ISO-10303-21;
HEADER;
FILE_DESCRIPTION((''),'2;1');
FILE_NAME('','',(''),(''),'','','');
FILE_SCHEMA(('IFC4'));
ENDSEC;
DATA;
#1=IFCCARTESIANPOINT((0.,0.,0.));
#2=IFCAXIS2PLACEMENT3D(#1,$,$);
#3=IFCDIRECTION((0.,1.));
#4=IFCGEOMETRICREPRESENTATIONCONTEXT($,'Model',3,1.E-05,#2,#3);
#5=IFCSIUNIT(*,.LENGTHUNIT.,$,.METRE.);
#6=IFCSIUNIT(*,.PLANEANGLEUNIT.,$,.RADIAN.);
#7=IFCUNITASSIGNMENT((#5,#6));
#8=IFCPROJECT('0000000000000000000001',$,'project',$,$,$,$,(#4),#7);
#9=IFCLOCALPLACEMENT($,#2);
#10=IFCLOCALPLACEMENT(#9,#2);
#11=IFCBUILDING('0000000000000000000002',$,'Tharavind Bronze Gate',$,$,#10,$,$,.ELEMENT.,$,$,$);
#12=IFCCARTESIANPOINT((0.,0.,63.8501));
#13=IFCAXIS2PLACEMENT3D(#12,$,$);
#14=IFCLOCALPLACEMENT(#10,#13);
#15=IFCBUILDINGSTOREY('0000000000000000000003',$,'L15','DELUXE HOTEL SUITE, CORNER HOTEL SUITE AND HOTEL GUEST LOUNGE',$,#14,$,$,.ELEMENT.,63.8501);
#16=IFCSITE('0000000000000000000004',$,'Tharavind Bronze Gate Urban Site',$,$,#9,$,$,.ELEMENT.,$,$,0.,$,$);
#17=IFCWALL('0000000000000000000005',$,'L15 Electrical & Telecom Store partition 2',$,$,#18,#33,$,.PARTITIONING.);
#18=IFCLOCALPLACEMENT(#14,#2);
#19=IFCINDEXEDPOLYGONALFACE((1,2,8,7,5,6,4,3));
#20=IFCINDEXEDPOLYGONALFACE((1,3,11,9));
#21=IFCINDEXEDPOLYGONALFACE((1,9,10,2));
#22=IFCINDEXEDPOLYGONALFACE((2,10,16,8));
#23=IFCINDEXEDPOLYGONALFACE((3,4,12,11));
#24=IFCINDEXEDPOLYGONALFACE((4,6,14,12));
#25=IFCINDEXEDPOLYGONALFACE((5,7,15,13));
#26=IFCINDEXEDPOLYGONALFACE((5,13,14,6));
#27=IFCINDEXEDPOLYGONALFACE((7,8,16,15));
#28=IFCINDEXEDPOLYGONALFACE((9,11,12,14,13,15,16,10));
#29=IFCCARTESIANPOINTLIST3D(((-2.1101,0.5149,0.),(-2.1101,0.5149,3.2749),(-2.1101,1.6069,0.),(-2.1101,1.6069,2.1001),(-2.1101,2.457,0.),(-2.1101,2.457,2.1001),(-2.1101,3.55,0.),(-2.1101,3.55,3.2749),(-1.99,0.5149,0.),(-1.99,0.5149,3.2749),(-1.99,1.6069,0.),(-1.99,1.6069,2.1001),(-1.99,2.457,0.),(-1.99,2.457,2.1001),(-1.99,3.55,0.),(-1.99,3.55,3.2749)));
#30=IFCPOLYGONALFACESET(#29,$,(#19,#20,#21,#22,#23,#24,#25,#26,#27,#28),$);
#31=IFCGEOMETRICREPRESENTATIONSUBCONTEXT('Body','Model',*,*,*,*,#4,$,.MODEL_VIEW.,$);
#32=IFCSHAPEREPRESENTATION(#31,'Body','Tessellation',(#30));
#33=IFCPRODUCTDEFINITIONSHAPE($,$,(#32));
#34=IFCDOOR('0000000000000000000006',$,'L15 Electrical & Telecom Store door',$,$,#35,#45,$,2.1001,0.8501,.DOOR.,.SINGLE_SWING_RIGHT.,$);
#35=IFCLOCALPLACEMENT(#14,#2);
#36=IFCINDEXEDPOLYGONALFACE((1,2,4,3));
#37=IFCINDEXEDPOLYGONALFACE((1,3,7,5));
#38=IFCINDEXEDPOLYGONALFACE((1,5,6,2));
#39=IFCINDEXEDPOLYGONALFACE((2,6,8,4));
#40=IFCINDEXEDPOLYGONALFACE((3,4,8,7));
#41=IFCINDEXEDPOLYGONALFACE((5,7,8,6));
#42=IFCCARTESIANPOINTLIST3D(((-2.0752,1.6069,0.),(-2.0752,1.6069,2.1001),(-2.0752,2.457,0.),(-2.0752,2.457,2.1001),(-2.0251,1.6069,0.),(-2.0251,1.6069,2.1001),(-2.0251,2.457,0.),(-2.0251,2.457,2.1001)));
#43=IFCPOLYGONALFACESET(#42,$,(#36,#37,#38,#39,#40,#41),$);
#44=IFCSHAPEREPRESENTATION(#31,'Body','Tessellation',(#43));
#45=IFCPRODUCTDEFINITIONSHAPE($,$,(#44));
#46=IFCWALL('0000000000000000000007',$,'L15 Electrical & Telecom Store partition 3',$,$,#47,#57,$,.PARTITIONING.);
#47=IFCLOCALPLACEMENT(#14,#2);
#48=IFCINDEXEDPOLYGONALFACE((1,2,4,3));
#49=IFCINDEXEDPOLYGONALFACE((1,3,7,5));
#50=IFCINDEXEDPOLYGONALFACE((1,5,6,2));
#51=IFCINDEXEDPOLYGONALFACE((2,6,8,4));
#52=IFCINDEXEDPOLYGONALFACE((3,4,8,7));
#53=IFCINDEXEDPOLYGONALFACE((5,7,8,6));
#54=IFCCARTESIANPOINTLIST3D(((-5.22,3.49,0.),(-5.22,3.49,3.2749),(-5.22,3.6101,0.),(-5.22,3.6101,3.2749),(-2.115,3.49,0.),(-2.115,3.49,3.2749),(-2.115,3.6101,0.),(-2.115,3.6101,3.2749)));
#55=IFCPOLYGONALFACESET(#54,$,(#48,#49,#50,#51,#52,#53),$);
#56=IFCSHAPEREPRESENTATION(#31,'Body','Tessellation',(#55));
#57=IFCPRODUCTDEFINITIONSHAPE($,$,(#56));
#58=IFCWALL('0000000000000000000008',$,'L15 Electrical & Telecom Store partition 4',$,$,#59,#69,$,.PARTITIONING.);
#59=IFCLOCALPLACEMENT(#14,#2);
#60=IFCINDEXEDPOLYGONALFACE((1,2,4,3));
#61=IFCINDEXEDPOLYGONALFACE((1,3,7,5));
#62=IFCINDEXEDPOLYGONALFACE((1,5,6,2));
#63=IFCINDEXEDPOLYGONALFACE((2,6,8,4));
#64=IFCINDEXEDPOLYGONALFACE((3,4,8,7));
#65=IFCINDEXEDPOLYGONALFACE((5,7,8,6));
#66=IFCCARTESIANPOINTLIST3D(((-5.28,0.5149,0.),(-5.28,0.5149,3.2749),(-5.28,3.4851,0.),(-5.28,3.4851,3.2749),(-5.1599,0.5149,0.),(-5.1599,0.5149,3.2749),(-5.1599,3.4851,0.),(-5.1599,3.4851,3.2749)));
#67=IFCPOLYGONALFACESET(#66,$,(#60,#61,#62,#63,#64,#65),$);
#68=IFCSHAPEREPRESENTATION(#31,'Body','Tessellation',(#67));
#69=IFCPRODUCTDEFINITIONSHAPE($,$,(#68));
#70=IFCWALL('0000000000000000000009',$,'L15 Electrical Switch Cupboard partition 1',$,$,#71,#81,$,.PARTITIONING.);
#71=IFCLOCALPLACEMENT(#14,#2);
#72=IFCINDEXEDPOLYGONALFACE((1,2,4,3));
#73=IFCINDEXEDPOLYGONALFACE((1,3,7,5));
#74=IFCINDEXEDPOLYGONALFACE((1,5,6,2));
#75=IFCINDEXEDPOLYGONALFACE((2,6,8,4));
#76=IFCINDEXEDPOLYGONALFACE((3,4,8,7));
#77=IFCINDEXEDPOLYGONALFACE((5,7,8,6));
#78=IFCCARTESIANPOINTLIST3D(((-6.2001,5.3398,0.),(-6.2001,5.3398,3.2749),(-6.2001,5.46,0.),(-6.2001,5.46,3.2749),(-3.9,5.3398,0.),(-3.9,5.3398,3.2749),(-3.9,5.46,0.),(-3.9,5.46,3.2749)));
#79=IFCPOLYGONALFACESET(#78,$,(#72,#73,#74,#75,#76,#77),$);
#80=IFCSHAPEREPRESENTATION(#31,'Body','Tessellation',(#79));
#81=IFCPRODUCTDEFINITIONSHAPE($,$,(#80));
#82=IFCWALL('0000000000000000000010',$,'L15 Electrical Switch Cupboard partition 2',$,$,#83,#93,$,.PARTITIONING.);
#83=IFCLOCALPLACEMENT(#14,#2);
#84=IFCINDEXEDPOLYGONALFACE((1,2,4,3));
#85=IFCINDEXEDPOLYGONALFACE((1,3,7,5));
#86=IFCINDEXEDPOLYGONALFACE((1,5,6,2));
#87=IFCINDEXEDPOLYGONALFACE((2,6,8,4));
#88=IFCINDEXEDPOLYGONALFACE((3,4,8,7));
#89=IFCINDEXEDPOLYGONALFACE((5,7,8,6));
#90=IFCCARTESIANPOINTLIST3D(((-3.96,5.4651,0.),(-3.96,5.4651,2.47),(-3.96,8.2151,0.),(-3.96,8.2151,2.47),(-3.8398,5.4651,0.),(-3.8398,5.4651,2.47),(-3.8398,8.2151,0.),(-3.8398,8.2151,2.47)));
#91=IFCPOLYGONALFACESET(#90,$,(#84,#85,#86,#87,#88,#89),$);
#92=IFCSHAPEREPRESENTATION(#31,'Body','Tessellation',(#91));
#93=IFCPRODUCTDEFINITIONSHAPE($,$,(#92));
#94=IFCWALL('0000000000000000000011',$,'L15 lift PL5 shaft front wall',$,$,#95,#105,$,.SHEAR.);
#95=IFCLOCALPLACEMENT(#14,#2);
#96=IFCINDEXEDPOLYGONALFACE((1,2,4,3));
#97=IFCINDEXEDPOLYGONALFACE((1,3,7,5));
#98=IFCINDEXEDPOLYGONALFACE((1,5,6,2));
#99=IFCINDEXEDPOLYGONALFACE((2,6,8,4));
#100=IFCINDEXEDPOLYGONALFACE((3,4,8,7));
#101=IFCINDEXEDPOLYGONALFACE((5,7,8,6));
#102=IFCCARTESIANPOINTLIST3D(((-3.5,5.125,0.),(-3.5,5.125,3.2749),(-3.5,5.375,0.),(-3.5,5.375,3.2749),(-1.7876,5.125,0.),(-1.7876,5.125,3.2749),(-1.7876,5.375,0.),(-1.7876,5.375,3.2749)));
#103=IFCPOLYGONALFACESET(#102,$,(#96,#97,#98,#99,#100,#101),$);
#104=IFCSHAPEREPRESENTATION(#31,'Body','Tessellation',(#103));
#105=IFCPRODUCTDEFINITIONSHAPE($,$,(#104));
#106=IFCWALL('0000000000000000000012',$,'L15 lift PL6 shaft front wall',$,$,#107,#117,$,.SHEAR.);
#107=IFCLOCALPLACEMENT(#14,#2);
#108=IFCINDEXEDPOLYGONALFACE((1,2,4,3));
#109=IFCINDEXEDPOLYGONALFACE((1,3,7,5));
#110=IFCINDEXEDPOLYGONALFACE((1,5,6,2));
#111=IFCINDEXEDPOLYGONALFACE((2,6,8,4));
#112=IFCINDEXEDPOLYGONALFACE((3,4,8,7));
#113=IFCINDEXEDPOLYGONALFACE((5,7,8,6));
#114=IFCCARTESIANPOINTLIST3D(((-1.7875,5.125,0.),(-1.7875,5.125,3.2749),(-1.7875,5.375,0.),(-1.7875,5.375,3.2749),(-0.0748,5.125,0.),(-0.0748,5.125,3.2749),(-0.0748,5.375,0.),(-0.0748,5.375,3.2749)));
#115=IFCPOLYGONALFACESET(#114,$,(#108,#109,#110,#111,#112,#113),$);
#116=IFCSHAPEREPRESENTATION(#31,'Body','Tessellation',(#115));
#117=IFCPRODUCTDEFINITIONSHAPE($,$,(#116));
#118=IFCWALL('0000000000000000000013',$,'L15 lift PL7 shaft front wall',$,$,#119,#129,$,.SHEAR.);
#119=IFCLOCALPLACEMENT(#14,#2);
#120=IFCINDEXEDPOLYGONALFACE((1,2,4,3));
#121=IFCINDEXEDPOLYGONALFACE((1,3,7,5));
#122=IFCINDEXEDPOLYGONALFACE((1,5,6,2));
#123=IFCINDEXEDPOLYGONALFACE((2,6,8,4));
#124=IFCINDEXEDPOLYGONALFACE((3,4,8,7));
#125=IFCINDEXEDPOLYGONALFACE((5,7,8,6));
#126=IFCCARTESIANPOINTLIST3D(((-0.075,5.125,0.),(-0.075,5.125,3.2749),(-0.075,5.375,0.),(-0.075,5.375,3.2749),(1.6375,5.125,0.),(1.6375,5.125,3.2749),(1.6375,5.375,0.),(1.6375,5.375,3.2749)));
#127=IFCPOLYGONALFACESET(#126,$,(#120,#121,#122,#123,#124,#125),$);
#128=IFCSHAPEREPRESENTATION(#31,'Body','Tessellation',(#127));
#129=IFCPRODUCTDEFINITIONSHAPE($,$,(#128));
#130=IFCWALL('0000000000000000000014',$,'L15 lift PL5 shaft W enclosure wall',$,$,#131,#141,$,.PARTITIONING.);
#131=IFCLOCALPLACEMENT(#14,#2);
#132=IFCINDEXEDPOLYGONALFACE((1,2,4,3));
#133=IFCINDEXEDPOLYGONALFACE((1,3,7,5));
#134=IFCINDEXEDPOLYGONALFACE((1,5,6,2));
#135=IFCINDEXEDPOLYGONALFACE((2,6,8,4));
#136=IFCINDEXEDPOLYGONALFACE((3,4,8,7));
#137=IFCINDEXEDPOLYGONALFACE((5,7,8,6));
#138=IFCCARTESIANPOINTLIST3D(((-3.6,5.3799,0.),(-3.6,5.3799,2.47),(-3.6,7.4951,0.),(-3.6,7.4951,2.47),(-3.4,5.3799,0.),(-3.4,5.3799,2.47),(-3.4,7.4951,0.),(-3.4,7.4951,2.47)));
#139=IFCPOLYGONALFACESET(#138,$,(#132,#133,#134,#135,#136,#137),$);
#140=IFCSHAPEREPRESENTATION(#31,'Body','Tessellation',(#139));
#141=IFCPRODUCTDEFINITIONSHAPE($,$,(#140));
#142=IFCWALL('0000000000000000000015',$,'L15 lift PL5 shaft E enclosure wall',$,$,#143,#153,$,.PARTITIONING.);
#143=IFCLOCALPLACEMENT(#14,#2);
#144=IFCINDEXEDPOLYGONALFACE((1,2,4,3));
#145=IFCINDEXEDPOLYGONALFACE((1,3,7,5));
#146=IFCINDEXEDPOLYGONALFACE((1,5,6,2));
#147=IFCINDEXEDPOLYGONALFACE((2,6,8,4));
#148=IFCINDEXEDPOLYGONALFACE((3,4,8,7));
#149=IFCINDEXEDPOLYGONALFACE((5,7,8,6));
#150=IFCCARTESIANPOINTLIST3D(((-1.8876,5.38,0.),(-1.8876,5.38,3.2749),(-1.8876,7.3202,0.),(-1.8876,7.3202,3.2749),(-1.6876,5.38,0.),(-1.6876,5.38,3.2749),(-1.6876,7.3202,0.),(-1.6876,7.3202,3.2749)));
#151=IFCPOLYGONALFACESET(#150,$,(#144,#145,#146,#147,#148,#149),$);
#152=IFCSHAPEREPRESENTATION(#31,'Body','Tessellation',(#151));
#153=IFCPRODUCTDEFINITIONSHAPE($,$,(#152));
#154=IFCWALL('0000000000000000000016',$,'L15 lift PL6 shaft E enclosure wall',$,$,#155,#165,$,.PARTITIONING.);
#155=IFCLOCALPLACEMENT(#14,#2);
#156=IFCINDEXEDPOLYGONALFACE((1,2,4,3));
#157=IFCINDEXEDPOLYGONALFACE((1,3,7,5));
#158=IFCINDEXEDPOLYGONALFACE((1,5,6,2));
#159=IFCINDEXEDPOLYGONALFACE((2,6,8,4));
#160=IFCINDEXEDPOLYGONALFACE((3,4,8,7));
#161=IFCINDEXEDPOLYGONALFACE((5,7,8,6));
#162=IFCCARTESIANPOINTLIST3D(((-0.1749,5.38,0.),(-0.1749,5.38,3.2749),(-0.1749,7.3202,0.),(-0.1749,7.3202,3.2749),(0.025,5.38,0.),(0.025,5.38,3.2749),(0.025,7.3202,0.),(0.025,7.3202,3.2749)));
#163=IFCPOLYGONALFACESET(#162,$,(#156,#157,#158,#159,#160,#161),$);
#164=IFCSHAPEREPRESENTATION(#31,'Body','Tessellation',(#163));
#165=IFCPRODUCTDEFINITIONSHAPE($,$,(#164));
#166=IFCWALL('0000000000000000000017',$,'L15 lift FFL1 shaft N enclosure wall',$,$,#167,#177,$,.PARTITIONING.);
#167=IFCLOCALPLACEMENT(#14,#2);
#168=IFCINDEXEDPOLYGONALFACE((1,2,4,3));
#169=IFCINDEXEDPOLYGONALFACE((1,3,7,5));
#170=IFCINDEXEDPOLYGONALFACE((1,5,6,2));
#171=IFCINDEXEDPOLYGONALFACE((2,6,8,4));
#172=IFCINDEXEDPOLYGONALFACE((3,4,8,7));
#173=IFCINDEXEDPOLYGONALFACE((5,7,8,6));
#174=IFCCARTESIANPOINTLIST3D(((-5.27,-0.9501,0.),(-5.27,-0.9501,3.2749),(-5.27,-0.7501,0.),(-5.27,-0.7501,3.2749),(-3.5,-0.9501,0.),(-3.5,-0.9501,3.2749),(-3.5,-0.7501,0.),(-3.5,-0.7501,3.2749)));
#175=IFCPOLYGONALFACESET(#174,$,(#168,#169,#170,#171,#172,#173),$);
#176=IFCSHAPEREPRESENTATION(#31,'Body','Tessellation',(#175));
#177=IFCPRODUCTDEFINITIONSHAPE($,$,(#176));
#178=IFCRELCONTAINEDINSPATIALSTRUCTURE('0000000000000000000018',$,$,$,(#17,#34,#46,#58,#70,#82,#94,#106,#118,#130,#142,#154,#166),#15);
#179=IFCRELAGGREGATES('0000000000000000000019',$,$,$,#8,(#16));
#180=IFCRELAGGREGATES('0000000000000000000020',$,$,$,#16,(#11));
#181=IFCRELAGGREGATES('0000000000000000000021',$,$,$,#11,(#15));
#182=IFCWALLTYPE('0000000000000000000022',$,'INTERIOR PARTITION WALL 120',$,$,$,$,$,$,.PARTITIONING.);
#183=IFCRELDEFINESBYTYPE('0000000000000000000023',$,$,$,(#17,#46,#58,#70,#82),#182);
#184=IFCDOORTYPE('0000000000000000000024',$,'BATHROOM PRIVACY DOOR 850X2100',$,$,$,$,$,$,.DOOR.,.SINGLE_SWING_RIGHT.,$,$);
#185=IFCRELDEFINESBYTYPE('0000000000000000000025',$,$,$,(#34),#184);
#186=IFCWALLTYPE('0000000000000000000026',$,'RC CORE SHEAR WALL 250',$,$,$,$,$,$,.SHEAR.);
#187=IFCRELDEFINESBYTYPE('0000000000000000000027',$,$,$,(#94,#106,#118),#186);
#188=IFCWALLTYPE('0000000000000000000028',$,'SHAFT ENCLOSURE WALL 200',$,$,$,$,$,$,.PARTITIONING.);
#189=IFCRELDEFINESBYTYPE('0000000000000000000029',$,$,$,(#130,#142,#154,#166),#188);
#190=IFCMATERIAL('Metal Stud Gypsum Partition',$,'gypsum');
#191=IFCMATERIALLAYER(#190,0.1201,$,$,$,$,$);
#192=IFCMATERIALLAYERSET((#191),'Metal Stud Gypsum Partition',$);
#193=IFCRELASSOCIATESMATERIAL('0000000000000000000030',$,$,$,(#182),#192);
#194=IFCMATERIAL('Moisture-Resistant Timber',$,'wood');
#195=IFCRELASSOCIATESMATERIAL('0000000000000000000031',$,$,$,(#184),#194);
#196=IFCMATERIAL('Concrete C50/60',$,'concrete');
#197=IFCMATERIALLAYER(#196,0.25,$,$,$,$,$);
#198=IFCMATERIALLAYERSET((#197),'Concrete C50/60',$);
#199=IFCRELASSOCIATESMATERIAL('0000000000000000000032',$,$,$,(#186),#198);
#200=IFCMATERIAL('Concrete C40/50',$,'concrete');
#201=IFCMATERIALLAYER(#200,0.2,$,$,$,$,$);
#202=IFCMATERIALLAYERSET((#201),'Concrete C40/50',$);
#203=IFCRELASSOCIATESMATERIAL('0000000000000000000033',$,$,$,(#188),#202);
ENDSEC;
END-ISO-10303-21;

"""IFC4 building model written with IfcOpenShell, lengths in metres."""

from ifc_helpers import new_model, si_unit, direction, frame, frame_2d, origin, place, context, subcontext, project, spatial, rectangle, extrude, material, layer, layer_set, type_object, element, fill, save


model = new_model("IFC4")

# Units and contexts
model_context = context("Model", 3, precision=1e-05, world=origin(), true_north=direction((0.0, 1.0)))
body_context = subcontext(model_context, "Body", "Model", "MODEL_VIEW")
ifc_project = project(units=[si_unit("LENGTHUNIT", "METRE"), si_unit("PLANEANGLEUNIT", "RADIAN")], contexts=[model_context])

# Site, building, storey
site_placement = place(None, origin())
site = spatial("IfcSite", under=ifc_project, at=site_placement, Name="Tharavind Bronze Gate Urban Site", CompositionType="ELEMENT", RefElevation=0.0)
building_placement = place(site_placement, origin())
building = spatial("IfcBuilding", under=site, at=building_placement, Name="Tharavind Bronze Gate", CompositionType="ELEMENT")
storey_placement = place(building_placement, frame((0.0, 0.0, 63.8501)))
storey = spatial("IfcBuildingStorey", under=building, at=storey_placement, Name="L15", Description="DELUXE HOTEL SUITE, CORNER HOTEL SUITE AND HOTEL GUEST LOUNGE", CompositionType="ELEMENT", Elevation=63.8501)

# Shared definitions
ifc_material_1 = material(Name="Concrete C40/50", Category="concrete")

# Shared definitions
ifc_material_2 = material(Name="Metal Stud Gypsum Partition", Category="gypsum")
ifc_layer_1 = layer(ifc_material_2, 0.1201)
ifc_layer_set_1 = layer_set([ifc_layer_1], Name="Metal Stud Gypsum Partition")
wall_type_1 = type_object("IfcWallType", Name="INTERIOR PARTITION WALL 120", PredefinedType="PARTITIONING", material=ifc_layer_set_1)

# Wall, opening, door
wall_1_placement = place(storey_placement, frame((-2.05, 0.5149, 0.0), z_axis=(0.0, 0.0, 1.0), x_axis=(0.0, 1.0, 0.0)))
wall_1 = element("IfcWall", 1, at=wall_1_placement, inside=storey, type_object=wall_type_1, Name="L15 Electrical & Telecom Store partition 2", PredefinedType="PARTITIONING", context=body_context, shape_type="SweptSolid", body=[
    extrude(rectangle(XDim=3.0352, YDim=0.1201, at=frame_2d((1.5176, 0.0))), origin(), (0.0, 0.0, 1.0), 3.2749),
])
opening_placement = place(wall_1_placement, frame((1.092, 0.0, 0.0)))
opening = element("IfcOpeningElement", 2, at=opening_placement, cuts=wall_1, PredefinedType="OPENING", context=body_context, shape_type="SweptSolid", body=[
    extrude(rectangle(XDim=0.8501, YDim=2.1001, at=frame_2d((0.425, 1.05))), frame((0.0, 0.0701, 0.0), z_axis=(0.0, -1.0, 0.0), x_axis=(1.0, 0.0, 0.0)), (0.0, 0.0, 1.0), 0.1401),
])
ifc_material_3 = material(Name="Moisture-Resistant Timber", Category="wood")
door_type = type_object("IfcDoorType", Name="BATHROOM PRIVACY DOOR 850X2100", OperationType="SINGLE_SWING_RIGHT", PredefinedType="DOOR", material=ifc_material_3)
door_placement = place(opening_placement, frame((0.8501, 0.0, 0.0), z_axis=(0.0, 0.0, 1.0), x_axis=(-1.0, 0.0, 0.0)))
door = element("IfcDoor", 3, at=door_placement, inside=storey, type_object=door_type, Name="L15 Electrical & Telecom Store door", OperationType="SINGLE_SWING_RIGHT", OverallHeight=2.1001, OverallWidth=0.8501, PredefinedType="DOOR", context=body_context, shape_type="SweptSolid", body=[
    extrude(rectangle(XDim=0.8501, YDim=2.1001, at=frame_2d((0.425, 1.05))), frame((0.0, 0.0249, 0.0), z_axis=(0.0, -1.0, 0.0), x_axis=(1.0, 0.0, 0.0)), (0.0, 0.0, 1.0), 0.05),
])
fill(opening, door)

# Walls
wall_2_placement = place(storey_placement, frame((-2.115, 3.55, 0.0), z_axis=(0.0, 0.0, 1.0), x_axis=(-1.0, 0.0, 0.0)))
element("IfcWall", 4, at=wall_2_placement, inside=storey, type_object=wall_type_1, Name="L15 Electrical & Telecom Store partition 3", PredefinedType="PARTITIONING", context=body_context, shape_type="SweptSolid", body=[
    extrude(rectangle(XDim=3.105, YDim=0.1201, at=frame_2d((1.5525, 0.0))), origin(), (0.0, 0.0, 1.0), 3.2749),
])
wall_3_placement = place(storey_placement, frame((-5.22, 3.4851, 0.0), z_axis=(0.0, 0.0, 1.0), x_axis=(0.0, -1.0, 0.0)))
element("IfcWall", 5, at=wall_3_placement, inside=storey, type_object=wall_type_1, Name="L15 Electrical & Telecom Store partition 4", PredefinedType="PARTITIONING", context=body_context, shape_type="SweptSolid", body=[
    extrude(rectangle(XDim=2.9702, YDim=0.1201, at=frame_2d((1.4851, 0.0))), origin(), (0.0, 0.0, 1.0), 3.2749),
])
wall_4_placement = place(storey_placement, frame((-6.2, 5.3999, 0.0), z_axis=(0.0, 0.0, 1.0), x_axis=(1.0, 0.0, 0.0)))
element("IfcWall", 6, at=wall_4_placement, inside=storey, type_object=wall_type_1, Name="L15 Electrical Switch Cupboard partition 1", PredefinedType="PARTITIONING", context=body_context, shape_type="SweptSolid", body=[
    extrude(rectangle(XDim=2.3, YDim=0.1201, at=frame_2d((1.1499, 0.0))), origin(), (0.0, 0.0, 1.0), 3.2749),
])
wall_5_placement = place(storey_placement, frame((-3.8999, 5.4651, 0.0), z_axis=(0.0, 0.0, 1.0), x_axis=(0.0, 1.0, 0.0)))
element("IfcWall", 7, at=wall_5_placement, inside=storey, type_object=wall_type_1, Name="L15 Electrical Switch Cupboard partition 2", PredefinedType="PARTITIONING", context=body_context, shape_type="SweptSolid", body=[
    extrude(rectangle(XDim=2.75, YDim=0.1201, at=frame_2d((1.375, 0.0))), origin(), (0.0, 0.0, 1.0), 2.47),
])
ifc_material_4 = material(Name="Concrete C50/60", Category="concrete")
ifc_layer_2 = layer(ifc_material_4, 0.25)
ifc_layer_set_2 = layer_set([ifc_layer_2], Name="Concrete C50/60")
wall_type_2 = type_object("IfcWallType", Name="RC CORE SHEAR WALL 250", PredefinedType="SHEAR", material=ifc_layer_set_2)
wall_6_placement = place(storey_placement, frame((-3.5, 5.25, 0.0), z_axis=(0.0, 0.0, 1.0), x_axis=(1.0, 0.0, 0.0)))
element("IfcWall", 8, at=wall_6_placement, inside=storey, type_object=wall_type_2, Name="L15 lift PL5 shaft front wall", PredefinedType="SHEAR", context=body_context, shape_type="SweptSolid", body=[
    extrude(rectangle(XDim=1.7124, YDim=0.25, at=frame_2d((0.8562, 0.0))), origin(), (0.0, 0.0, 1.0), 3.2749),
])
wall_7_placement = place(storey_placement, frame((-1.7876, 5.25, 0.0), z_axis=(0.0, 0.0, 1.0), x_axis=(1.0, 0.0, 0.0)))
element("IfcWall", 9, at=wall_7_placement, inside=storey, type_object=wall_type_2, Name="L15 lift PL6 shaft front wall", PredefinedType="SHEAR", context=body_context, shape_type="SweptSolid", body=[
    extrude(rectangle(XDim=1.7126, YDim=0.25, at=frame_2d((0.8564, 0.0))), origin(), (0.0, 0.0, 1.0), 3.2749),
])
wall_8_placement = place(storey_placement, frame((-0.075, 5.25, 0.0), z_axis=(0.0, 0.0, 1.0), x_axis=(1.0, 0.0, 0.0)))
element("IfcWall", 10, at=wall_8_placement, inside=storey, type_object=wall_type_2, Name="L15 lift PL7 shaft front wall", PredefinedType="SHEAR", context=body_context, shape_type="SweptSolid", body=[
    extrude(rectangle(XDim=1.7124, YDim=0.25, at=frame_2d((0.8562, 0.0))), origin(), (0.0, 0.0, 1.0), 3.2749),
])
ifc_layer_3 = layer(ifc_material_1, 0.2)
ifc_layer_set_3 = layer_set([ifc_layer_3], Name="Concrete C40/50")
wall_type_3 = type_object("IfcWallType", Name="SHAFT ENCLOSURE WALL 200", PredefinedType="PARTITIONING", material=ifc_layer_set_3)
wall_9_placement = place(storey_placement, frame((-3.5, 5.3799, 0.0), z_axis=(0.0, 0.0, 1.0), x_axis=(0.0, 1.0, 0.0)))
element("IfcWall", 11, at=wall_9_placement, inside=storey, type_object=wall_type_3, Name="L15 lift PL5 shaft W enclosure wall", PredefinedType="PARTITIONING", context=body_context, shape_type="SweptSolid", body=[
    extrude(rectangle(XDim=2.1152, YDim=0.2, at=frame_2d((1.0576, 0.0))), origin(), (0.0, 0.0, 1.0), 2.47),
])
for number, where, z_axis, x_axis, name in (
    (12, (-1.7876, 5.3799, 0.0), (0.0, 0.0, 1.0), (0.0, 1.0, 0.0), "L15 lift PL5 shaft E enclosure wall"),
    (13, (-0.075, 5.3799, 0.0), (0.0, 0.0, 1.0), (0.0, 1.0, 0.0), "L15 lift PL6 shaft E enclosure wall"),
):
    element("IfcWall", number, at=place(storey_placement, frame(where, z_axis=z_axis, x_axis=x_axis)), inside=storey, type_object=wall_type_3, Name=name, PredefinedType="PARTITIONING", context=body_context, shape_type="SweptSolid", body=[
        extrude(rectangle(XDim=1.9402, YDim=0.2, at=frame_2d((0.9702, 0.0))), origin(), (0.0, 0.0, 1.0), 3.2749),
    ])
wall_10_placement = place(storey_placement, frame((-5.27, -0.8501, 0.0), z_axis=(0.0, 0.0, 1.0), x_axis=(1.0, 0.0, 0.0)))
element("IfcWall", 14, at=wall_10_placement, inside=storey, type_object=wall_type_3, Name="L15 lift FFL1 shaft N enclosure wall", PredefinedType="PARTITIONING", context=body_context, shape_type="SweptSolid", body=[
    extrude(rectangle(XDim=1.77, YDim=0.2, at=frame_2d((0.885, 0.0))), origin(), (0.0, 0.0, 1.0), 3.2749),
])

save(model, "model.ifc")
